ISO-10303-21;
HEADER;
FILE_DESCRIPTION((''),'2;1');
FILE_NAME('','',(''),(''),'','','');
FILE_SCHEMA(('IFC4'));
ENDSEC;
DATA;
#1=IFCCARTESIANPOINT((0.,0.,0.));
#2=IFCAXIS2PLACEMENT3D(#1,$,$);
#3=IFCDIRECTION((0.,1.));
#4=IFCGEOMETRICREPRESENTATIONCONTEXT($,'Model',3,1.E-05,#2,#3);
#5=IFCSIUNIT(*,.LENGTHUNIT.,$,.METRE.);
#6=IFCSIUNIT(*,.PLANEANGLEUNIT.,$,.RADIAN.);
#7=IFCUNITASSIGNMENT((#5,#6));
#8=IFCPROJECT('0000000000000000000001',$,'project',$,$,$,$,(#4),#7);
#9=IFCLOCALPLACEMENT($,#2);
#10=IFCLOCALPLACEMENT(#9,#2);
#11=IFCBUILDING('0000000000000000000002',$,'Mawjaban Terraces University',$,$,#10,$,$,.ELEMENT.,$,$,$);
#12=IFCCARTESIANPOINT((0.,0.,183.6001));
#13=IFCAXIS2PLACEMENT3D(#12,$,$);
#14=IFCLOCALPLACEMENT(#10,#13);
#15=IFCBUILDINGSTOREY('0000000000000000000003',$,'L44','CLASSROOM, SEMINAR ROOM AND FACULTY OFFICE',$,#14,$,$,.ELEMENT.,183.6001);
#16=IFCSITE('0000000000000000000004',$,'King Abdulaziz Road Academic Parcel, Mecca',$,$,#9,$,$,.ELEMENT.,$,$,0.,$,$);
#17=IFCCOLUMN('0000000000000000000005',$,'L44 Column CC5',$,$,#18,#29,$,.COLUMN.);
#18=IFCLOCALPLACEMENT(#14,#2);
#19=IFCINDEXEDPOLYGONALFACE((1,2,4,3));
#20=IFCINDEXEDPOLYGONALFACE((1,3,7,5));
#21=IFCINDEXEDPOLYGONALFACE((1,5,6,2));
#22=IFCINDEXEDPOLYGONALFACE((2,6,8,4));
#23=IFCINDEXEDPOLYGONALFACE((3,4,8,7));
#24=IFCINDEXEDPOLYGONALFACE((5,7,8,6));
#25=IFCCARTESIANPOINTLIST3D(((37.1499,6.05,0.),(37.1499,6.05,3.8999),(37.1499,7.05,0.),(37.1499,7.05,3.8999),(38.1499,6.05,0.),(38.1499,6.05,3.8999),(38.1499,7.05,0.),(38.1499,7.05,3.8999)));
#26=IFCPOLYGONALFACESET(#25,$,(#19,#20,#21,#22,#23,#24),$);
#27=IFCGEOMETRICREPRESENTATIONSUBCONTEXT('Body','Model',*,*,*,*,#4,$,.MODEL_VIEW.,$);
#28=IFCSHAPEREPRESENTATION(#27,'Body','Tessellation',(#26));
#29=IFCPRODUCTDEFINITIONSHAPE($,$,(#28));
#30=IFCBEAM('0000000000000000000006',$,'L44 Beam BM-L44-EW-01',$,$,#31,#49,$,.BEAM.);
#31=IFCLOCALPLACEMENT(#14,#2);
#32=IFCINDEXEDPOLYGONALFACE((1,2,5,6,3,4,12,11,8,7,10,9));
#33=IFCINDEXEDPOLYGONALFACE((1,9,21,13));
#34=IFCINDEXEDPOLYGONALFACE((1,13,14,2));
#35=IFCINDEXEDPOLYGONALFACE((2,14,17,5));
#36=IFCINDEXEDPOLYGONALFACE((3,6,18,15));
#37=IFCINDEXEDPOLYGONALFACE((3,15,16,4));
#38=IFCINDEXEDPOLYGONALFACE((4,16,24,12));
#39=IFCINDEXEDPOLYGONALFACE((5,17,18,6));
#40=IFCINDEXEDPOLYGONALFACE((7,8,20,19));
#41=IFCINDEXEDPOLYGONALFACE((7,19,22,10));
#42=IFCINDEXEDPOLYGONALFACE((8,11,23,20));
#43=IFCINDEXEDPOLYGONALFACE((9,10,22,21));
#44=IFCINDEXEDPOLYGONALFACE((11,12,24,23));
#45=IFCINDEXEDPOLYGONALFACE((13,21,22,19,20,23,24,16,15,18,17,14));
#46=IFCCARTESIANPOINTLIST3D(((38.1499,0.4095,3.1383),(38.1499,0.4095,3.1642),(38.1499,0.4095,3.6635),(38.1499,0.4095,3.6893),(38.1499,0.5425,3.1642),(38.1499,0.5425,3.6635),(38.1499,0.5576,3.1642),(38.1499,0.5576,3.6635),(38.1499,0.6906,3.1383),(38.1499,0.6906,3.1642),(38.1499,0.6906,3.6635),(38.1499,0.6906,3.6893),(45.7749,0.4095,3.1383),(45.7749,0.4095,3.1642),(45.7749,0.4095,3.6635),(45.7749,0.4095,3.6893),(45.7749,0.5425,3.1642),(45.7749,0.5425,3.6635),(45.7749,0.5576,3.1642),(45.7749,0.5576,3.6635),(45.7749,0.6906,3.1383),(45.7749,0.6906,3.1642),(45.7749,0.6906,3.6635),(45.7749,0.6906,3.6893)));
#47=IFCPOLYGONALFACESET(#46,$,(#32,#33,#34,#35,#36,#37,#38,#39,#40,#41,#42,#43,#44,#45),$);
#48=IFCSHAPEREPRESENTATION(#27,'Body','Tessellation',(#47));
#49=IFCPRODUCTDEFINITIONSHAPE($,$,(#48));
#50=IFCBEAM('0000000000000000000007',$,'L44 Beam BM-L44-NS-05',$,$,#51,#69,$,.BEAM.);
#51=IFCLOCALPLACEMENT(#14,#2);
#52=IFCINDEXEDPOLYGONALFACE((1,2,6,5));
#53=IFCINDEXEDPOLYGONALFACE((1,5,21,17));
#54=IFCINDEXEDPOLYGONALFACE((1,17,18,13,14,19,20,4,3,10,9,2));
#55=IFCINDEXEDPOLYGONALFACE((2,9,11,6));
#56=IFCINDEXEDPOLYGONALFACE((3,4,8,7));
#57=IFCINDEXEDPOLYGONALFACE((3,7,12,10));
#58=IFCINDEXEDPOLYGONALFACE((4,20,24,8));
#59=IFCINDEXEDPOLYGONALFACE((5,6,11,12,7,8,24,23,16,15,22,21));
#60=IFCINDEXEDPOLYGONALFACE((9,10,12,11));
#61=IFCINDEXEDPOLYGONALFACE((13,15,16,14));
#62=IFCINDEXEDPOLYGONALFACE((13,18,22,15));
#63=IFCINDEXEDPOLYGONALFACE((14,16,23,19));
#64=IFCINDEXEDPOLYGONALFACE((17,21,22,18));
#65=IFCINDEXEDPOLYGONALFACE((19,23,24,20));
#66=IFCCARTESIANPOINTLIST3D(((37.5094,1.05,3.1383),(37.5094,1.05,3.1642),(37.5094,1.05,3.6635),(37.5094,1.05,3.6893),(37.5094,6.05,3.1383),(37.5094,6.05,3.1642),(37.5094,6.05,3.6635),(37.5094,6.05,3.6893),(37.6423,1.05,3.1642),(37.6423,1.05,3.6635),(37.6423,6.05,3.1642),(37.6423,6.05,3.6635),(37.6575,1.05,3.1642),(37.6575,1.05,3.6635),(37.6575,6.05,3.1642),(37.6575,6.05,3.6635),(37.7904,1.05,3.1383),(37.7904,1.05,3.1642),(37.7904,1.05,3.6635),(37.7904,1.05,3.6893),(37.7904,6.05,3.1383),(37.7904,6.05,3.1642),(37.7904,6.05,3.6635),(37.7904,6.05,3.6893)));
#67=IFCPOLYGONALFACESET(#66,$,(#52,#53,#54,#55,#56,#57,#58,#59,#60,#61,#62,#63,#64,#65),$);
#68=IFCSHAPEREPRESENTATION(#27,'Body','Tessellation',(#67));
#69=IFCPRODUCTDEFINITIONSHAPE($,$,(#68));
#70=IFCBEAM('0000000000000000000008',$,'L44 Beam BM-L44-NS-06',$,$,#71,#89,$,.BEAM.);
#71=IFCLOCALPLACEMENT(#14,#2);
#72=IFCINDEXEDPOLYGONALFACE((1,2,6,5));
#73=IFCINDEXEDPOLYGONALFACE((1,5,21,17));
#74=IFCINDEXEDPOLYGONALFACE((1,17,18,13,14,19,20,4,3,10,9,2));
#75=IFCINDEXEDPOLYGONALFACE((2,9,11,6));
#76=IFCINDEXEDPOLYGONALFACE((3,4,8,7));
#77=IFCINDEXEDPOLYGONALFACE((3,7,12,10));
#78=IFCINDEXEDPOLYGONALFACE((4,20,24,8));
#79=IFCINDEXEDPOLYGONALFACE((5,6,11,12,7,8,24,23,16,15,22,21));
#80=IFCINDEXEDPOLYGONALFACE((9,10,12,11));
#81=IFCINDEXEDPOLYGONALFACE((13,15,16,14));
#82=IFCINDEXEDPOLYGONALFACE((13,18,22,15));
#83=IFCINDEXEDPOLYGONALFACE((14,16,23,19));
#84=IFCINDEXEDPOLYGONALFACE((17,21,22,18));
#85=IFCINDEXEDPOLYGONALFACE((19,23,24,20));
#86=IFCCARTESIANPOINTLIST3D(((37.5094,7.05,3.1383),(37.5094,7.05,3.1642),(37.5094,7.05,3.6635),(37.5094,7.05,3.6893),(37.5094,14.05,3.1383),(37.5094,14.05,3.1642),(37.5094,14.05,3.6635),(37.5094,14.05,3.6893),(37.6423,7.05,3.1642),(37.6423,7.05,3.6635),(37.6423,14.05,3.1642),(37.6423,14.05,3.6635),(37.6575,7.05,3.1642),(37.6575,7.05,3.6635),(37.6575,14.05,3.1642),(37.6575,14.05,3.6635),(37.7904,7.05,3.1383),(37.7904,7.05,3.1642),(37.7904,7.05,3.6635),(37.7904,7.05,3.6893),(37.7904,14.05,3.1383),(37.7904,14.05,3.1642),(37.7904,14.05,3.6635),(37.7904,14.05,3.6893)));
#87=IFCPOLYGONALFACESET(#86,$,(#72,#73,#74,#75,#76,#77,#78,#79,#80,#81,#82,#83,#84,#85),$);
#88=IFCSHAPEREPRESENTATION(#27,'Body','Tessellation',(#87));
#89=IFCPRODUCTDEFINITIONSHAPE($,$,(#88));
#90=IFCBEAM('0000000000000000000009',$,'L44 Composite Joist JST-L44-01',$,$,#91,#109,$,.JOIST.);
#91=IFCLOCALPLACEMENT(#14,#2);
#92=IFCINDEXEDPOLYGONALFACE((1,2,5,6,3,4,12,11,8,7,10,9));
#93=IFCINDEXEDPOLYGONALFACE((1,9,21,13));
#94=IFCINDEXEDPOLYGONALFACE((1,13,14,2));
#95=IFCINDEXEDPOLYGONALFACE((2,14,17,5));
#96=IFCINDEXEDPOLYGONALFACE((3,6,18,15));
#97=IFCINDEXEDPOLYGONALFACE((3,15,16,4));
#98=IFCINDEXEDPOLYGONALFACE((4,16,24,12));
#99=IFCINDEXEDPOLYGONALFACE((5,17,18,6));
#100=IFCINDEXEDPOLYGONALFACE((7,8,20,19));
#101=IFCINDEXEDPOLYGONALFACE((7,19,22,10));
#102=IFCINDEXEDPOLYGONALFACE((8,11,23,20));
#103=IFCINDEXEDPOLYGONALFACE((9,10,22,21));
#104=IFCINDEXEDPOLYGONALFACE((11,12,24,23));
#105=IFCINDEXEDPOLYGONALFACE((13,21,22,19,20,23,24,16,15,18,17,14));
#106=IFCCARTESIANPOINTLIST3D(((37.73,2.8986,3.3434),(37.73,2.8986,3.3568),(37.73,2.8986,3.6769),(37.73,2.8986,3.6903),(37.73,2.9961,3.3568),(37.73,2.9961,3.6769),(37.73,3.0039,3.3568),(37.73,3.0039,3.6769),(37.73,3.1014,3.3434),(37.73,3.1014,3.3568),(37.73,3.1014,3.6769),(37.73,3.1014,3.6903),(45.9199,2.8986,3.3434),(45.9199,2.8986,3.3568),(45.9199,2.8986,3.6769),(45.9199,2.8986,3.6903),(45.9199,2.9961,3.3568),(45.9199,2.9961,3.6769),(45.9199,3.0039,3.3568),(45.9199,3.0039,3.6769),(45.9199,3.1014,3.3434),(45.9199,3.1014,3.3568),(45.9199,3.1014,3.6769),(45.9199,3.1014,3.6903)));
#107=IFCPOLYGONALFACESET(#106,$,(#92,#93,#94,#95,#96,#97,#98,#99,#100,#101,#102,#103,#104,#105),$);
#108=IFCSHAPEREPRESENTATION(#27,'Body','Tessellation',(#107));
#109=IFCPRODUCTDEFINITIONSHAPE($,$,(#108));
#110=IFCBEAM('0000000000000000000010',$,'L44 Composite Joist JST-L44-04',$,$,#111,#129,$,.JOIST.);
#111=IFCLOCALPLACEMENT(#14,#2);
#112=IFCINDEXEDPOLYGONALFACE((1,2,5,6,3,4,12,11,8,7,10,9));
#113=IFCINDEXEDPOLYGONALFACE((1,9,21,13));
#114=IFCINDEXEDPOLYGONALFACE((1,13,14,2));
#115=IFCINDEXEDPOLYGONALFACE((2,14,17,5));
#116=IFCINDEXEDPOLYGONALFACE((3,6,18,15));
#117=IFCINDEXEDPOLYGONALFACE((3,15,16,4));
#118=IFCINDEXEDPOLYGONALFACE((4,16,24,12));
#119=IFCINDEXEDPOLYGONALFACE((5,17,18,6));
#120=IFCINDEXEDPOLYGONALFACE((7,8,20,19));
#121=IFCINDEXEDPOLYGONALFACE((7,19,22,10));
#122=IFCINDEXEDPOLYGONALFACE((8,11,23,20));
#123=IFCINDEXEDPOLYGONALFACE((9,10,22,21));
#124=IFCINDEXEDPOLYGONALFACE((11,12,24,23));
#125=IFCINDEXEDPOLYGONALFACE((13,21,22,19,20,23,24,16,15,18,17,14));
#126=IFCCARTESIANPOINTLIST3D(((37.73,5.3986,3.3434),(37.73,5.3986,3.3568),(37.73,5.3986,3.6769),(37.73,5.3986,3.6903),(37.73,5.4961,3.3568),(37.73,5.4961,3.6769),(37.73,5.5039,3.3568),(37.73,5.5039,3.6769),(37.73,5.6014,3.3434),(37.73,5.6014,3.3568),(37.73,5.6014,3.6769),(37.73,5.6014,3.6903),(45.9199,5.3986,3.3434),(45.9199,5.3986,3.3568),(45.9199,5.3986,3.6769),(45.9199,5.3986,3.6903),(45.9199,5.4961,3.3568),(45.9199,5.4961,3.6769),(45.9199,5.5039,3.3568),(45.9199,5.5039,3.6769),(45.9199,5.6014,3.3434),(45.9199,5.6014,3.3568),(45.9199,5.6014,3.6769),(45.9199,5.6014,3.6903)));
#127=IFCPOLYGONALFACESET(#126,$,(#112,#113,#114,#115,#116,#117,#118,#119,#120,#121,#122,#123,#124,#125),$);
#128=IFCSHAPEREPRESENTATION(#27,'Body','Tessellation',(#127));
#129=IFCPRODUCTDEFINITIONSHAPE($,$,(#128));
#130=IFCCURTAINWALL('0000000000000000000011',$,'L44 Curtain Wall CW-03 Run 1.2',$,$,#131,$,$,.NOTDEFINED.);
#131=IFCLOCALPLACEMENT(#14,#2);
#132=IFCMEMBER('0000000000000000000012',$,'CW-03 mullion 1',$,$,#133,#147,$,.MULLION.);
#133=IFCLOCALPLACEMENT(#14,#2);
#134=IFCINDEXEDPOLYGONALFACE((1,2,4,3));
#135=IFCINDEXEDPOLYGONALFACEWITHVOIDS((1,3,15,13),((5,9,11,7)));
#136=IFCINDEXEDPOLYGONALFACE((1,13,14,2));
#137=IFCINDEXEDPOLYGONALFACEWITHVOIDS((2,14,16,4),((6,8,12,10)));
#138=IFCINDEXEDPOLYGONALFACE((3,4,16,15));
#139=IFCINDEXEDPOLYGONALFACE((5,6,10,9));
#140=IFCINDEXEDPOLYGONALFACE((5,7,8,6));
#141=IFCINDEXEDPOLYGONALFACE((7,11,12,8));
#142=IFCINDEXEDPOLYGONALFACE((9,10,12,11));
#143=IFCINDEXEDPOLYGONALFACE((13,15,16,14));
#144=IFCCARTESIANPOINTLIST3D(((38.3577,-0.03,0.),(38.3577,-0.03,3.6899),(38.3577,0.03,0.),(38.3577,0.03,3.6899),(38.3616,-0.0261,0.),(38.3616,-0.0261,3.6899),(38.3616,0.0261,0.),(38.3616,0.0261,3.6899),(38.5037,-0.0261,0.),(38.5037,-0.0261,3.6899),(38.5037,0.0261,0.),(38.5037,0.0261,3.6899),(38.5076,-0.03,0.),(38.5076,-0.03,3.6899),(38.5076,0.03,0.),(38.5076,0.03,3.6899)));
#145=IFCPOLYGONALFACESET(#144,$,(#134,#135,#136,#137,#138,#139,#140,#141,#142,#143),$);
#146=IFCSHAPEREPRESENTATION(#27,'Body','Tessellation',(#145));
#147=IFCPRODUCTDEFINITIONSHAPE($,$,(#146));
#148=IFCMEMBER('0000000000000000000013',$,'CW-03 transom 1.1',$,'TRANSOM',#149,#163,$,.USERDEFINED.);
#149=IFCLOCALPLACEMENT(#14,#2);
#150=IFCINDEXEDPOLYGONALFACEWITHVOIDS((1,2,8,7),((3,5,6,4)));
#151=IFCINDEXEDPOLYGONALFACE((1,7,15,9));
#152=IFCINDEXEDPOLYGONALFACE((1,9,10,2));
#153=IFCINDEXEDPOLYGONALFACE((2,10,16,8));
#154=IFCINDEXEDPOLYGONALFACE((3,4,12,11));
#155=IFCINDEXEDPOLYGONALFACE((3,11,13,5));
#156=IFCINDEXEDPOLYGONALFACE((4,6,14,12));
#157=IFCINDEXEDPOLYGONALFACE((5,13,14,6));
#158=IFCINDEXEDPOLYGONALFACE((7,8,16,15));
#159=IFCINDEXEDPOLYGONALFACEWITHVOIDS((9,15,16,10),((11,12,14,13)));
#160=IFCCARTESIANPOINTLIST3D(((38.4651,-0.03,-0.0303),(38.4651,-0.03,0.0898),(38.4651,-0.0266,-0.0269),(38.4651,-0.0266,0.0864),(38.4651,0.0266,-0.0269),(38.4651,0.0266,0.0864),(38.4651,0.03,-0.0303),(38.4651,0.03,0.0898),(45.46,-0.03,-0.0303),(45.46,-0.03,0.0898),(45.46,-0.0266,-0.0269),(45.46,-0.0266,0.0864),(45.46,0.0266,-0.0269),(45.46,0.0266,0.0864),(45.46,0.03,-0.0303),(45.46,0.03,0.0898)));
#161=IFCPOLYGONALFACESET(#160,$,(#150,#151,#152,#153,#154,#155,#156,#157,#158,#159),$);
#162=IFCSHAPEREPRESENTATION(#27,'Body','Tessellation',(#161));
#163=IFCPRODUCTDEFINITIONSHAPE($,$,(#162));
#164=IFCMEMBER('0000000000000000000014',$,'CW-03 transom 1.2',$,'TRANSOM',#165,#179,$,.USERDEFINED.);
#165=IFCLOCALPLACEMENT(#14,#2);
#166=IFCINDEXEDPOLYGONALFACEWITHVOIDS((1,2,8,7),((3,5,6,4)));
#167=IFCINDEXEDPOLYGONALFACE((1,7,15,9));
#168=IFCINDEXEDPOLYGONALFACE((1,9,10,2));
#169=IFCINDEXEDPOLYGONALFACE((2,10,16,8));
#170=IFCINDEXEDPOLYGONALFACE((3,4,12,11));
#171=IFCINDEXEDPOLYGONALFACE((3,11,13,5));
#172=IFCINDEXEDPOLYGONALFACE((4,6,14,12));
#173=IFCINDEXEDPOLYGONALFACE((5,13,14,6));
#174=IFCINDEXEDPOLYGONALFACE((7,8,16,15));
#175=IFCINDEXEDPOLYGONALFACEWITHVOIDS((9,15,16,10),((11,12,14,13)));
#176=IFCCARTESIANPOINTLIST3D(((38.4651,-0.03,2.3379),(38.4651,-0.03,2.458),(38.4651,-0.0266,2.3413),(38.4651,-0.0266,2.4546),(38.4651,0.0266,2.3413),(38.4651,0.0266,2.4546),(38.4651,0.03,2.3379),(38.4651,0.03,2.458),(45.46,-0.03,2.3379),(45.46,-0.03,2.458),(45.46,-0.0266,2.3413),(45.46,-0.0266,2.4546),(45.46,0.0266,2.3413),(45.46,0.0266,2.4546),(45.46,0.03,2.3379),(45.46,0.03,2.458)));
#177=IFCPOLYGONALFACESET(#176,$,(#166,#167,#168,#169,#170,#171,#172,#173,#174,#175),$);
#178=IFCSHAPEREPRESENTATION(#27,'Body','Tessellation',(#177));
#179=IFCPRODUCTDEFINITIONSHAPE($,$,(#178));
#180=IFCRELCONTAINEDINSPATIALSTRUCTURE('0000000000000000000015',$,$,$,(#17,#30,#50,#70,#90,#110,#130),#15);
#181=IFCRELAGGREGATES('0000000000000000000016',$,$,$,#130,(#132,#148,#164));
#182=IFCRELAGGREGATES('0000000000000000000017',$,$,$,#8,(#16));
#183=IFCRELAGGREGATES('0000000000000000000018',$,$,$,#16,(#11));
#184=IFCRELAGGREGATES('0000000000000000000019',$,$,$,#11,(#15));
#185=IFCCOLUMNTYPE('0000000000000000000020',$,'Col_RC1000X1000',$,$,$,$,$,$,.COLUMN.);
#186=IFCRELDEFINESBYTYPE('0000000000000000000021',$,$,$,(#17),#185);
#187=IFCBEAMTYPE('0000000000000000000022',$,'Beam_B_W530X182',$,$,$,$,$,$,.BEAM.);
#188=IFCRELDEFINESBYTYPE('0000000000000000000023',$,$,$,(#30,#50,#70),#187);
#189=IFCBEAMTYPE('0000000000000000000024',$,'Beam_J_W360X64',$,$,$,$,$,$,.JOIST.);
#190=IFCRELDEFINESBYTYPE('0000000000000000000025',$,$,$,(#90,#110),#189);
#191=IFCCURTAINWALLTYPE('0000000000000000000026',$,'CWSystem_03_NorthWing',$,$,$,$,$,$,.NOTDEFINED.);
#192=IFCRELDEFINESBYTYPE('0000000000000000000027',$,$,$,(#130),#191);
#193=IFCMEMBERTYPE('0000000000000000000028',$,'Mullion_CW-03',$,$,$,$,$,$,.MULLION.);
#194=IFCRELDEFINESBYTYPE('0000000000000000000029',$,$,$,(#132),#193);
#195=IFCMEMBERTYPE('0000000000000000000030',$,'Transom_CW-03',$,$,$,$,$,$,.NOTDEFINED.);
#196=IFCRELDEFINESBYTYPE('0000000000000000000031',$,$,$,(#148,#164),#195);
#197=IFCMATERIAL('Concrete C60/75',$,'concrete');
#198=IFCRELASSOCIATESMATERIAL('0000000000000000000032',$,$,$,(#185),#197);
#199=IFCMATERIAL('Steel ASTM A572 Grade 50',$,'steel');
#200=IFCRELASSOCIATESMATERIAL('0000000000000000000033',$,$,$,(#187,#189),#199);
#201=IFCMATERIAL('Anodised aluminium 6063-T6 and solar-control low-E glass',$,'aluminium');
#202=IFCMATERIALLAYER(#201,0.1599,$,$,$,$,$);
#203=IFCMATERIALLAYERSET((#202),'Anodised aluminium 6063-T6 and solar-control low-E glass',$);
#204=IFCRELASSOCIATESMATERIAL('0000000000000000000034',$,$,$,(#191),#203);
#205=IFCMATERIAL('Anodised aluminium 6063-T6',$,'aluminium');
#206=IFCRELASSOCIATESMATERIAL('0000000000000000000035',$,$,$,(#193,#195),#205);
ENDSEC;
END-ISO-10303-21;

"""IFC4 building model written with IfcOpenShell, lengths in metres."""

from ifc_helpers import new_model, si_unit, direction, frame, origin, origin_2d, place, context, subcontext, project, spatial, rectangle, hollow_rectangle, i_section, extrude, material, layer, layer_set, material_profile, profile_set, type_object, element, aggregate, save


model = new_model("IFC4")

# Units and contexts
model_context = context("Model", 3, precision=1e-05, world=origin(), true_north=direction((0.0, 1.0)))
body_context = subcontext(model_context, "Body", "Model", "MODEL_VIEW")
ifc_project = project(units=[si_unit("LENGTHUNIT", "METRE"), si_unit("PLANEANGLEUNIT", "RADIAN")], contexts=[model_context])

# Site, building, storey
site_placement = place(None, origin())
site = spatial("IfcSite", under=ifc_project, at=site_placement, Name="King Abdulaziz Road Academic Parcel, Mecca", CompositionType="ELEMENT", RefElevation=0.0)
building_placement = place(site_placement, origin())
building = spatial("IfcBuilding", under=site, at=building_placement, Name="Mawjaban Terraces University", CompositionType="ELEMENT")
storey_placement = place(building_placement, frame((0.0, 0.0, 183.6001)))
storey = spatial("IfcBuildingStorey", under=building, at=storey_placement, Name="L44", Description="CLASSROOM, SEMINAR ROOM AND FACULTY OFFICE", CompositionType="ELEMENT", Elevation=183.6001)

# Column
ifc_material_1 = material(Name="Concrete C60/75", Category="concrete")
ifc_material_profile_1 = material_profile(ifc_material_1, rectangle(XDim=1.0, YDim=1.0, at=origin_2d()), Name="RC1000X1000")
ifc_profile_set_1 = profile_set([ifc_material_profile_1], Name="Concrete C60/75")
column_type = type_object("IfcColumnType", Name="Col_RC1000X1000", PredefinedType="COLUMN", material=ifc_profile_set_1)
column_placement = place(storey_placement, frame((37.6499, 6.55, 0.0), z_axis=(0.0, 0.0, 1.0), x_axis=(1.0, 0.0, 0.0)))
element("IfcColumn", 1, at=column_placement, inside=storey, type_object=column_type, Name="L44 Column CC5", PredefinedType="COLUMN", context=body_context, shape_type="SweptSolid", body=[
    extrude(rectangle(XDim=1.0, YDim=1.0, at=origin_2d()), origin(), (0.0, 0.0, 1.0), 3.8999),
])

# Beams
ifc_material_2 = material(Name="Steel ASTM A572 Grade 50", Category="steel")
ifc_material_profile_2 = material_profile(ifc_material_2, i_section(OverallWidth=0.281, OverallDepth=0.551, WebThickness=0.0151, FlangeThickness=0.0259, at=origin_2d()), Name="W530X182")
ifc_profile_set_2 = profile_set([ifc_material_profile_2], Name="Steel ASTM A572 Grade 50")
beam_type_1 = type_object("IfcBeamType", Name="Beam_B_W530X182", PredefinedType="BEAM", material=ifc_profile_set_2)
beam_1_placement = place(storey_placement, frame((38.1499, 0.55, 3.4138), z_axis=(1.0, 0.0, 0.0), x_axis=(0.0, 1.0, 0.0)))
element("IfcBeam", 2, at=beam_1_placement, inside=storey, type_object=beam_type_1, Name="L44 Beam BM-L44-EW-01", PredefinedType="BEAM", context=body_context, shape_type="SweptSolid", body=[
    extrude(i_section(OverallWidth=0.281, OverallDepth=0.551, WebThickness=0.0151, FlangeThickness=0.0259, at=origin_2d()), origin(), (0.0, 0.0, 1.0), 7.625),
])
beam_2_placement = place(storey_placement, frame((37.6499, 1.05, 3.4138), z_axis=(0.0, 1.0, 0.0), x_axis=(-1.0, 0.0, 0.0)))
element("IfcBeam", 3, at=beam_2_placement, inside=storey, type_object=beam_type_1, Name="L44 Beam BM-L44-NS-05", PredefinedType="BEAM", context=body_context, shape_type="SweptSolid", body=[
    extrude(i_section(OverallWidth=0.281, OverallDepth=0.551, WebThickness=0.0151, FlangeThickness=0.0259, at=origin_2d()), origin(), (0.0, 0.0, 1.0), 5.0),
])
beam_3_placement = place(storey_placement, frame((37.6499, 7.05, 3.4138), z_axis=(0.0, 1.0, 0.0), x_axis=(-1.0, 0.0, 0.0)))
element("IfcBeam", 4, at=beam_3_placement, inside=storey, type_object=beam_type_1, Name="L44 Beam BM-L44-NS-06", PredefinedType="BEAM", context=body_context, shape_type="SweptSolid", body=[
    extrude(i_section(OverallWidth=0.281, OverallDepth=0.551, WebThickness=0.0151, FlangeThickness=0.0259, at=origin_2d()), origin(), (0.0, 0.0, 1.0), 7.0),
])
ifc_material_profile_3 = material_profile(ifc_material_2, i_section(OverallWidth=0.2029, OverallDepth=0.3469, WebThickness=0.0078, FlangeThickness=0.0134, at=origin_2d()), Name="W360X64")
ifc_profile_set_3 = profile_set([ifc_material_profile_3], Name="Steel ASTM A572 Grade 50")
beam_type_2 = type_object("IfcBeamType", Name="Beam_J_W360X64", PredefinedType="JOIST", material=ifc_profile_set_3)
for number, where, z_axis, x_axis, name in (
    (5, (37.73, 3.0, 3.5168), (1.0, 0.0, 0.0), (0.0, 1.0, 0.0), "L44 Composite Joist JST-L44-01"),
    (6, (37.73, 5.5, 3.5168), (1.0, 0.0, 0.0), (0.0, 1.0, 0.0), "L44 Composite Joist JST-L44-04"),
):
    element("IfcBeam", number, at=place(storey_placement, frame(where, z_axis=z_axis, x_axis=x_axis)), inside=storey, type_object=beam_type_2, Name=name, PredefinedType="JOIST", context=body_context, shape_type="SweptSolid", body=[
        extrude(i_section(OverallWidth=0.2029, OverallDepth=0.3469, WebThickness=0.0078, FlangeThickness=0.0134, at=origin_2d()), origin(), (0.0, 0.0, 1.0), 8.1899),
    ])

# Curtain wall, members
ifc_material_3 = material(Name="Anodised aluminium 6063-T6 and solar-control low-E glass", Category="aluminium")
ifc_layer_1 = layer(ifc_material_3, 0.1599)
ifc_layer_set_1 = layer_set([ifc_layer_1], Name="Anodised aluminium 6063-T6 and solar-control low-E glass")
curtain_wall_type = type_object("IfcCurtainWallType", Name="CWSystem_03_NorthWing", PredefinedType="NOTDEFINED", material=ifc_layer_set_1)
curtain_wall_placement = place(storey_placement, origin())
curtain_wall = element("IfcCurtainWall", 7, at=curtain_wall_placement, inside=storey, type_object=curtain_wall_type, Name="L44 Curtain Wall CW-03 Run 1.2", PredefinedType="NOTDEFINED")
ifc_material_4 = material(Name="Anodised aluminium 6063-T6", Category="aluminium")
ifc_material_profile_4 = material_profile(ifc_material_4, hollow_rectangle(XDim=0.0601, YDim=0.1499, WallThickness=0.0039, at=origin_2d()), Name="ALU150X60X4")
ifc_profile_set_4 = profile_set([ifc_material_profile_4], Name="Anodised aluminium 6063-T6")
member_type_1 = type_object("IfcMemberType", Name="Mullion_CW-03", PredefinedType="MULLION", material=ifc_profile_set_4)
member_1_placement = place(storey_placement, frame((38.4326, 0.0, 0.0), z_axis=(0.0, 0.0, 1.0), x_axis=(0.0, 1.0, 0.0)))
member_1 = element("IfcMember", 8, at=member_1_placement, type_object=member_type_1, Name="CW-03 mullion 1", PredefinedType="MULLION", context=body_context, shape_type="SweptSolid", body=[
    extrude(hollow_rectangle(XDim=0.0601, YDim=0.1499, WallThickness=0.0039, at=origin_2d()), origin(), (0.0, 0.0, 1.0), 3.6899),
])
ifc_material_profile_5 = material_profile(ifc_material_4, hollow_rectangle(XDim=0.0601, YDim=0.1201, WallThickness=0.0034, at=origin_2d()), Name="ALU120X60X3.5")
ifc_profile_set_5 = profile_set([ifc_material_profile_5], Name="Anodised aluminium 6063-T6")
member_type_2 = type_object("IfcMemberType", Name="Transom_CW-03", PredefinedType="NOTDEFINED", material=ifc_profile_set_5)
member_2_placement = place(storey_placement, frame((38.4651, 0.0, 0.0298), z_axis=(1.0, 0.0, 0.0), x_axis=(0.0, 1.0, 0.0)))
member_2 = element("IfcMember", 9, at=member_2_placement, type_object=member_type_2, Name="CW-03 transom 1.1", ObjectType="TRANSOM", PredefinedType="USERDEFINED", context=body_context, shape_type="SweptSolid", body=[
    extrude(hollow_rectangle(XDim=0.0601, YDim=0.1201, WallThickness=0.0034, at=origin_2d()), origin(), (0.0, 0.0, 1.0), 6.9949),
])
member_3_placement = place(storey_placement, frame((38.4651, 0.0, 2.3979), z_axis=(1.0, 0.0, 0.0), x_axis=(0.0, 1.0, 0.0)))
member_3 = element("IfcMember", 10, at=member_3_placement, type_object=member_type_2, Name="CW-03 transom 1.2", ObjectType="TRANSOM", PredefinedType="USERDEFINED", context=body_context, shape_type="SweptSolid", body=[
    extrude(hollow_rectangle(XDim=0.0601, YDim=0.1201, WallThickness=0.0034, at=origin_2d()), origin(), (0.0, 0.0, 1.0), 6.9949),
])
aggregate(curtain_wall, [member_1, member_2, member_3])

save(model, "model.ifc")
